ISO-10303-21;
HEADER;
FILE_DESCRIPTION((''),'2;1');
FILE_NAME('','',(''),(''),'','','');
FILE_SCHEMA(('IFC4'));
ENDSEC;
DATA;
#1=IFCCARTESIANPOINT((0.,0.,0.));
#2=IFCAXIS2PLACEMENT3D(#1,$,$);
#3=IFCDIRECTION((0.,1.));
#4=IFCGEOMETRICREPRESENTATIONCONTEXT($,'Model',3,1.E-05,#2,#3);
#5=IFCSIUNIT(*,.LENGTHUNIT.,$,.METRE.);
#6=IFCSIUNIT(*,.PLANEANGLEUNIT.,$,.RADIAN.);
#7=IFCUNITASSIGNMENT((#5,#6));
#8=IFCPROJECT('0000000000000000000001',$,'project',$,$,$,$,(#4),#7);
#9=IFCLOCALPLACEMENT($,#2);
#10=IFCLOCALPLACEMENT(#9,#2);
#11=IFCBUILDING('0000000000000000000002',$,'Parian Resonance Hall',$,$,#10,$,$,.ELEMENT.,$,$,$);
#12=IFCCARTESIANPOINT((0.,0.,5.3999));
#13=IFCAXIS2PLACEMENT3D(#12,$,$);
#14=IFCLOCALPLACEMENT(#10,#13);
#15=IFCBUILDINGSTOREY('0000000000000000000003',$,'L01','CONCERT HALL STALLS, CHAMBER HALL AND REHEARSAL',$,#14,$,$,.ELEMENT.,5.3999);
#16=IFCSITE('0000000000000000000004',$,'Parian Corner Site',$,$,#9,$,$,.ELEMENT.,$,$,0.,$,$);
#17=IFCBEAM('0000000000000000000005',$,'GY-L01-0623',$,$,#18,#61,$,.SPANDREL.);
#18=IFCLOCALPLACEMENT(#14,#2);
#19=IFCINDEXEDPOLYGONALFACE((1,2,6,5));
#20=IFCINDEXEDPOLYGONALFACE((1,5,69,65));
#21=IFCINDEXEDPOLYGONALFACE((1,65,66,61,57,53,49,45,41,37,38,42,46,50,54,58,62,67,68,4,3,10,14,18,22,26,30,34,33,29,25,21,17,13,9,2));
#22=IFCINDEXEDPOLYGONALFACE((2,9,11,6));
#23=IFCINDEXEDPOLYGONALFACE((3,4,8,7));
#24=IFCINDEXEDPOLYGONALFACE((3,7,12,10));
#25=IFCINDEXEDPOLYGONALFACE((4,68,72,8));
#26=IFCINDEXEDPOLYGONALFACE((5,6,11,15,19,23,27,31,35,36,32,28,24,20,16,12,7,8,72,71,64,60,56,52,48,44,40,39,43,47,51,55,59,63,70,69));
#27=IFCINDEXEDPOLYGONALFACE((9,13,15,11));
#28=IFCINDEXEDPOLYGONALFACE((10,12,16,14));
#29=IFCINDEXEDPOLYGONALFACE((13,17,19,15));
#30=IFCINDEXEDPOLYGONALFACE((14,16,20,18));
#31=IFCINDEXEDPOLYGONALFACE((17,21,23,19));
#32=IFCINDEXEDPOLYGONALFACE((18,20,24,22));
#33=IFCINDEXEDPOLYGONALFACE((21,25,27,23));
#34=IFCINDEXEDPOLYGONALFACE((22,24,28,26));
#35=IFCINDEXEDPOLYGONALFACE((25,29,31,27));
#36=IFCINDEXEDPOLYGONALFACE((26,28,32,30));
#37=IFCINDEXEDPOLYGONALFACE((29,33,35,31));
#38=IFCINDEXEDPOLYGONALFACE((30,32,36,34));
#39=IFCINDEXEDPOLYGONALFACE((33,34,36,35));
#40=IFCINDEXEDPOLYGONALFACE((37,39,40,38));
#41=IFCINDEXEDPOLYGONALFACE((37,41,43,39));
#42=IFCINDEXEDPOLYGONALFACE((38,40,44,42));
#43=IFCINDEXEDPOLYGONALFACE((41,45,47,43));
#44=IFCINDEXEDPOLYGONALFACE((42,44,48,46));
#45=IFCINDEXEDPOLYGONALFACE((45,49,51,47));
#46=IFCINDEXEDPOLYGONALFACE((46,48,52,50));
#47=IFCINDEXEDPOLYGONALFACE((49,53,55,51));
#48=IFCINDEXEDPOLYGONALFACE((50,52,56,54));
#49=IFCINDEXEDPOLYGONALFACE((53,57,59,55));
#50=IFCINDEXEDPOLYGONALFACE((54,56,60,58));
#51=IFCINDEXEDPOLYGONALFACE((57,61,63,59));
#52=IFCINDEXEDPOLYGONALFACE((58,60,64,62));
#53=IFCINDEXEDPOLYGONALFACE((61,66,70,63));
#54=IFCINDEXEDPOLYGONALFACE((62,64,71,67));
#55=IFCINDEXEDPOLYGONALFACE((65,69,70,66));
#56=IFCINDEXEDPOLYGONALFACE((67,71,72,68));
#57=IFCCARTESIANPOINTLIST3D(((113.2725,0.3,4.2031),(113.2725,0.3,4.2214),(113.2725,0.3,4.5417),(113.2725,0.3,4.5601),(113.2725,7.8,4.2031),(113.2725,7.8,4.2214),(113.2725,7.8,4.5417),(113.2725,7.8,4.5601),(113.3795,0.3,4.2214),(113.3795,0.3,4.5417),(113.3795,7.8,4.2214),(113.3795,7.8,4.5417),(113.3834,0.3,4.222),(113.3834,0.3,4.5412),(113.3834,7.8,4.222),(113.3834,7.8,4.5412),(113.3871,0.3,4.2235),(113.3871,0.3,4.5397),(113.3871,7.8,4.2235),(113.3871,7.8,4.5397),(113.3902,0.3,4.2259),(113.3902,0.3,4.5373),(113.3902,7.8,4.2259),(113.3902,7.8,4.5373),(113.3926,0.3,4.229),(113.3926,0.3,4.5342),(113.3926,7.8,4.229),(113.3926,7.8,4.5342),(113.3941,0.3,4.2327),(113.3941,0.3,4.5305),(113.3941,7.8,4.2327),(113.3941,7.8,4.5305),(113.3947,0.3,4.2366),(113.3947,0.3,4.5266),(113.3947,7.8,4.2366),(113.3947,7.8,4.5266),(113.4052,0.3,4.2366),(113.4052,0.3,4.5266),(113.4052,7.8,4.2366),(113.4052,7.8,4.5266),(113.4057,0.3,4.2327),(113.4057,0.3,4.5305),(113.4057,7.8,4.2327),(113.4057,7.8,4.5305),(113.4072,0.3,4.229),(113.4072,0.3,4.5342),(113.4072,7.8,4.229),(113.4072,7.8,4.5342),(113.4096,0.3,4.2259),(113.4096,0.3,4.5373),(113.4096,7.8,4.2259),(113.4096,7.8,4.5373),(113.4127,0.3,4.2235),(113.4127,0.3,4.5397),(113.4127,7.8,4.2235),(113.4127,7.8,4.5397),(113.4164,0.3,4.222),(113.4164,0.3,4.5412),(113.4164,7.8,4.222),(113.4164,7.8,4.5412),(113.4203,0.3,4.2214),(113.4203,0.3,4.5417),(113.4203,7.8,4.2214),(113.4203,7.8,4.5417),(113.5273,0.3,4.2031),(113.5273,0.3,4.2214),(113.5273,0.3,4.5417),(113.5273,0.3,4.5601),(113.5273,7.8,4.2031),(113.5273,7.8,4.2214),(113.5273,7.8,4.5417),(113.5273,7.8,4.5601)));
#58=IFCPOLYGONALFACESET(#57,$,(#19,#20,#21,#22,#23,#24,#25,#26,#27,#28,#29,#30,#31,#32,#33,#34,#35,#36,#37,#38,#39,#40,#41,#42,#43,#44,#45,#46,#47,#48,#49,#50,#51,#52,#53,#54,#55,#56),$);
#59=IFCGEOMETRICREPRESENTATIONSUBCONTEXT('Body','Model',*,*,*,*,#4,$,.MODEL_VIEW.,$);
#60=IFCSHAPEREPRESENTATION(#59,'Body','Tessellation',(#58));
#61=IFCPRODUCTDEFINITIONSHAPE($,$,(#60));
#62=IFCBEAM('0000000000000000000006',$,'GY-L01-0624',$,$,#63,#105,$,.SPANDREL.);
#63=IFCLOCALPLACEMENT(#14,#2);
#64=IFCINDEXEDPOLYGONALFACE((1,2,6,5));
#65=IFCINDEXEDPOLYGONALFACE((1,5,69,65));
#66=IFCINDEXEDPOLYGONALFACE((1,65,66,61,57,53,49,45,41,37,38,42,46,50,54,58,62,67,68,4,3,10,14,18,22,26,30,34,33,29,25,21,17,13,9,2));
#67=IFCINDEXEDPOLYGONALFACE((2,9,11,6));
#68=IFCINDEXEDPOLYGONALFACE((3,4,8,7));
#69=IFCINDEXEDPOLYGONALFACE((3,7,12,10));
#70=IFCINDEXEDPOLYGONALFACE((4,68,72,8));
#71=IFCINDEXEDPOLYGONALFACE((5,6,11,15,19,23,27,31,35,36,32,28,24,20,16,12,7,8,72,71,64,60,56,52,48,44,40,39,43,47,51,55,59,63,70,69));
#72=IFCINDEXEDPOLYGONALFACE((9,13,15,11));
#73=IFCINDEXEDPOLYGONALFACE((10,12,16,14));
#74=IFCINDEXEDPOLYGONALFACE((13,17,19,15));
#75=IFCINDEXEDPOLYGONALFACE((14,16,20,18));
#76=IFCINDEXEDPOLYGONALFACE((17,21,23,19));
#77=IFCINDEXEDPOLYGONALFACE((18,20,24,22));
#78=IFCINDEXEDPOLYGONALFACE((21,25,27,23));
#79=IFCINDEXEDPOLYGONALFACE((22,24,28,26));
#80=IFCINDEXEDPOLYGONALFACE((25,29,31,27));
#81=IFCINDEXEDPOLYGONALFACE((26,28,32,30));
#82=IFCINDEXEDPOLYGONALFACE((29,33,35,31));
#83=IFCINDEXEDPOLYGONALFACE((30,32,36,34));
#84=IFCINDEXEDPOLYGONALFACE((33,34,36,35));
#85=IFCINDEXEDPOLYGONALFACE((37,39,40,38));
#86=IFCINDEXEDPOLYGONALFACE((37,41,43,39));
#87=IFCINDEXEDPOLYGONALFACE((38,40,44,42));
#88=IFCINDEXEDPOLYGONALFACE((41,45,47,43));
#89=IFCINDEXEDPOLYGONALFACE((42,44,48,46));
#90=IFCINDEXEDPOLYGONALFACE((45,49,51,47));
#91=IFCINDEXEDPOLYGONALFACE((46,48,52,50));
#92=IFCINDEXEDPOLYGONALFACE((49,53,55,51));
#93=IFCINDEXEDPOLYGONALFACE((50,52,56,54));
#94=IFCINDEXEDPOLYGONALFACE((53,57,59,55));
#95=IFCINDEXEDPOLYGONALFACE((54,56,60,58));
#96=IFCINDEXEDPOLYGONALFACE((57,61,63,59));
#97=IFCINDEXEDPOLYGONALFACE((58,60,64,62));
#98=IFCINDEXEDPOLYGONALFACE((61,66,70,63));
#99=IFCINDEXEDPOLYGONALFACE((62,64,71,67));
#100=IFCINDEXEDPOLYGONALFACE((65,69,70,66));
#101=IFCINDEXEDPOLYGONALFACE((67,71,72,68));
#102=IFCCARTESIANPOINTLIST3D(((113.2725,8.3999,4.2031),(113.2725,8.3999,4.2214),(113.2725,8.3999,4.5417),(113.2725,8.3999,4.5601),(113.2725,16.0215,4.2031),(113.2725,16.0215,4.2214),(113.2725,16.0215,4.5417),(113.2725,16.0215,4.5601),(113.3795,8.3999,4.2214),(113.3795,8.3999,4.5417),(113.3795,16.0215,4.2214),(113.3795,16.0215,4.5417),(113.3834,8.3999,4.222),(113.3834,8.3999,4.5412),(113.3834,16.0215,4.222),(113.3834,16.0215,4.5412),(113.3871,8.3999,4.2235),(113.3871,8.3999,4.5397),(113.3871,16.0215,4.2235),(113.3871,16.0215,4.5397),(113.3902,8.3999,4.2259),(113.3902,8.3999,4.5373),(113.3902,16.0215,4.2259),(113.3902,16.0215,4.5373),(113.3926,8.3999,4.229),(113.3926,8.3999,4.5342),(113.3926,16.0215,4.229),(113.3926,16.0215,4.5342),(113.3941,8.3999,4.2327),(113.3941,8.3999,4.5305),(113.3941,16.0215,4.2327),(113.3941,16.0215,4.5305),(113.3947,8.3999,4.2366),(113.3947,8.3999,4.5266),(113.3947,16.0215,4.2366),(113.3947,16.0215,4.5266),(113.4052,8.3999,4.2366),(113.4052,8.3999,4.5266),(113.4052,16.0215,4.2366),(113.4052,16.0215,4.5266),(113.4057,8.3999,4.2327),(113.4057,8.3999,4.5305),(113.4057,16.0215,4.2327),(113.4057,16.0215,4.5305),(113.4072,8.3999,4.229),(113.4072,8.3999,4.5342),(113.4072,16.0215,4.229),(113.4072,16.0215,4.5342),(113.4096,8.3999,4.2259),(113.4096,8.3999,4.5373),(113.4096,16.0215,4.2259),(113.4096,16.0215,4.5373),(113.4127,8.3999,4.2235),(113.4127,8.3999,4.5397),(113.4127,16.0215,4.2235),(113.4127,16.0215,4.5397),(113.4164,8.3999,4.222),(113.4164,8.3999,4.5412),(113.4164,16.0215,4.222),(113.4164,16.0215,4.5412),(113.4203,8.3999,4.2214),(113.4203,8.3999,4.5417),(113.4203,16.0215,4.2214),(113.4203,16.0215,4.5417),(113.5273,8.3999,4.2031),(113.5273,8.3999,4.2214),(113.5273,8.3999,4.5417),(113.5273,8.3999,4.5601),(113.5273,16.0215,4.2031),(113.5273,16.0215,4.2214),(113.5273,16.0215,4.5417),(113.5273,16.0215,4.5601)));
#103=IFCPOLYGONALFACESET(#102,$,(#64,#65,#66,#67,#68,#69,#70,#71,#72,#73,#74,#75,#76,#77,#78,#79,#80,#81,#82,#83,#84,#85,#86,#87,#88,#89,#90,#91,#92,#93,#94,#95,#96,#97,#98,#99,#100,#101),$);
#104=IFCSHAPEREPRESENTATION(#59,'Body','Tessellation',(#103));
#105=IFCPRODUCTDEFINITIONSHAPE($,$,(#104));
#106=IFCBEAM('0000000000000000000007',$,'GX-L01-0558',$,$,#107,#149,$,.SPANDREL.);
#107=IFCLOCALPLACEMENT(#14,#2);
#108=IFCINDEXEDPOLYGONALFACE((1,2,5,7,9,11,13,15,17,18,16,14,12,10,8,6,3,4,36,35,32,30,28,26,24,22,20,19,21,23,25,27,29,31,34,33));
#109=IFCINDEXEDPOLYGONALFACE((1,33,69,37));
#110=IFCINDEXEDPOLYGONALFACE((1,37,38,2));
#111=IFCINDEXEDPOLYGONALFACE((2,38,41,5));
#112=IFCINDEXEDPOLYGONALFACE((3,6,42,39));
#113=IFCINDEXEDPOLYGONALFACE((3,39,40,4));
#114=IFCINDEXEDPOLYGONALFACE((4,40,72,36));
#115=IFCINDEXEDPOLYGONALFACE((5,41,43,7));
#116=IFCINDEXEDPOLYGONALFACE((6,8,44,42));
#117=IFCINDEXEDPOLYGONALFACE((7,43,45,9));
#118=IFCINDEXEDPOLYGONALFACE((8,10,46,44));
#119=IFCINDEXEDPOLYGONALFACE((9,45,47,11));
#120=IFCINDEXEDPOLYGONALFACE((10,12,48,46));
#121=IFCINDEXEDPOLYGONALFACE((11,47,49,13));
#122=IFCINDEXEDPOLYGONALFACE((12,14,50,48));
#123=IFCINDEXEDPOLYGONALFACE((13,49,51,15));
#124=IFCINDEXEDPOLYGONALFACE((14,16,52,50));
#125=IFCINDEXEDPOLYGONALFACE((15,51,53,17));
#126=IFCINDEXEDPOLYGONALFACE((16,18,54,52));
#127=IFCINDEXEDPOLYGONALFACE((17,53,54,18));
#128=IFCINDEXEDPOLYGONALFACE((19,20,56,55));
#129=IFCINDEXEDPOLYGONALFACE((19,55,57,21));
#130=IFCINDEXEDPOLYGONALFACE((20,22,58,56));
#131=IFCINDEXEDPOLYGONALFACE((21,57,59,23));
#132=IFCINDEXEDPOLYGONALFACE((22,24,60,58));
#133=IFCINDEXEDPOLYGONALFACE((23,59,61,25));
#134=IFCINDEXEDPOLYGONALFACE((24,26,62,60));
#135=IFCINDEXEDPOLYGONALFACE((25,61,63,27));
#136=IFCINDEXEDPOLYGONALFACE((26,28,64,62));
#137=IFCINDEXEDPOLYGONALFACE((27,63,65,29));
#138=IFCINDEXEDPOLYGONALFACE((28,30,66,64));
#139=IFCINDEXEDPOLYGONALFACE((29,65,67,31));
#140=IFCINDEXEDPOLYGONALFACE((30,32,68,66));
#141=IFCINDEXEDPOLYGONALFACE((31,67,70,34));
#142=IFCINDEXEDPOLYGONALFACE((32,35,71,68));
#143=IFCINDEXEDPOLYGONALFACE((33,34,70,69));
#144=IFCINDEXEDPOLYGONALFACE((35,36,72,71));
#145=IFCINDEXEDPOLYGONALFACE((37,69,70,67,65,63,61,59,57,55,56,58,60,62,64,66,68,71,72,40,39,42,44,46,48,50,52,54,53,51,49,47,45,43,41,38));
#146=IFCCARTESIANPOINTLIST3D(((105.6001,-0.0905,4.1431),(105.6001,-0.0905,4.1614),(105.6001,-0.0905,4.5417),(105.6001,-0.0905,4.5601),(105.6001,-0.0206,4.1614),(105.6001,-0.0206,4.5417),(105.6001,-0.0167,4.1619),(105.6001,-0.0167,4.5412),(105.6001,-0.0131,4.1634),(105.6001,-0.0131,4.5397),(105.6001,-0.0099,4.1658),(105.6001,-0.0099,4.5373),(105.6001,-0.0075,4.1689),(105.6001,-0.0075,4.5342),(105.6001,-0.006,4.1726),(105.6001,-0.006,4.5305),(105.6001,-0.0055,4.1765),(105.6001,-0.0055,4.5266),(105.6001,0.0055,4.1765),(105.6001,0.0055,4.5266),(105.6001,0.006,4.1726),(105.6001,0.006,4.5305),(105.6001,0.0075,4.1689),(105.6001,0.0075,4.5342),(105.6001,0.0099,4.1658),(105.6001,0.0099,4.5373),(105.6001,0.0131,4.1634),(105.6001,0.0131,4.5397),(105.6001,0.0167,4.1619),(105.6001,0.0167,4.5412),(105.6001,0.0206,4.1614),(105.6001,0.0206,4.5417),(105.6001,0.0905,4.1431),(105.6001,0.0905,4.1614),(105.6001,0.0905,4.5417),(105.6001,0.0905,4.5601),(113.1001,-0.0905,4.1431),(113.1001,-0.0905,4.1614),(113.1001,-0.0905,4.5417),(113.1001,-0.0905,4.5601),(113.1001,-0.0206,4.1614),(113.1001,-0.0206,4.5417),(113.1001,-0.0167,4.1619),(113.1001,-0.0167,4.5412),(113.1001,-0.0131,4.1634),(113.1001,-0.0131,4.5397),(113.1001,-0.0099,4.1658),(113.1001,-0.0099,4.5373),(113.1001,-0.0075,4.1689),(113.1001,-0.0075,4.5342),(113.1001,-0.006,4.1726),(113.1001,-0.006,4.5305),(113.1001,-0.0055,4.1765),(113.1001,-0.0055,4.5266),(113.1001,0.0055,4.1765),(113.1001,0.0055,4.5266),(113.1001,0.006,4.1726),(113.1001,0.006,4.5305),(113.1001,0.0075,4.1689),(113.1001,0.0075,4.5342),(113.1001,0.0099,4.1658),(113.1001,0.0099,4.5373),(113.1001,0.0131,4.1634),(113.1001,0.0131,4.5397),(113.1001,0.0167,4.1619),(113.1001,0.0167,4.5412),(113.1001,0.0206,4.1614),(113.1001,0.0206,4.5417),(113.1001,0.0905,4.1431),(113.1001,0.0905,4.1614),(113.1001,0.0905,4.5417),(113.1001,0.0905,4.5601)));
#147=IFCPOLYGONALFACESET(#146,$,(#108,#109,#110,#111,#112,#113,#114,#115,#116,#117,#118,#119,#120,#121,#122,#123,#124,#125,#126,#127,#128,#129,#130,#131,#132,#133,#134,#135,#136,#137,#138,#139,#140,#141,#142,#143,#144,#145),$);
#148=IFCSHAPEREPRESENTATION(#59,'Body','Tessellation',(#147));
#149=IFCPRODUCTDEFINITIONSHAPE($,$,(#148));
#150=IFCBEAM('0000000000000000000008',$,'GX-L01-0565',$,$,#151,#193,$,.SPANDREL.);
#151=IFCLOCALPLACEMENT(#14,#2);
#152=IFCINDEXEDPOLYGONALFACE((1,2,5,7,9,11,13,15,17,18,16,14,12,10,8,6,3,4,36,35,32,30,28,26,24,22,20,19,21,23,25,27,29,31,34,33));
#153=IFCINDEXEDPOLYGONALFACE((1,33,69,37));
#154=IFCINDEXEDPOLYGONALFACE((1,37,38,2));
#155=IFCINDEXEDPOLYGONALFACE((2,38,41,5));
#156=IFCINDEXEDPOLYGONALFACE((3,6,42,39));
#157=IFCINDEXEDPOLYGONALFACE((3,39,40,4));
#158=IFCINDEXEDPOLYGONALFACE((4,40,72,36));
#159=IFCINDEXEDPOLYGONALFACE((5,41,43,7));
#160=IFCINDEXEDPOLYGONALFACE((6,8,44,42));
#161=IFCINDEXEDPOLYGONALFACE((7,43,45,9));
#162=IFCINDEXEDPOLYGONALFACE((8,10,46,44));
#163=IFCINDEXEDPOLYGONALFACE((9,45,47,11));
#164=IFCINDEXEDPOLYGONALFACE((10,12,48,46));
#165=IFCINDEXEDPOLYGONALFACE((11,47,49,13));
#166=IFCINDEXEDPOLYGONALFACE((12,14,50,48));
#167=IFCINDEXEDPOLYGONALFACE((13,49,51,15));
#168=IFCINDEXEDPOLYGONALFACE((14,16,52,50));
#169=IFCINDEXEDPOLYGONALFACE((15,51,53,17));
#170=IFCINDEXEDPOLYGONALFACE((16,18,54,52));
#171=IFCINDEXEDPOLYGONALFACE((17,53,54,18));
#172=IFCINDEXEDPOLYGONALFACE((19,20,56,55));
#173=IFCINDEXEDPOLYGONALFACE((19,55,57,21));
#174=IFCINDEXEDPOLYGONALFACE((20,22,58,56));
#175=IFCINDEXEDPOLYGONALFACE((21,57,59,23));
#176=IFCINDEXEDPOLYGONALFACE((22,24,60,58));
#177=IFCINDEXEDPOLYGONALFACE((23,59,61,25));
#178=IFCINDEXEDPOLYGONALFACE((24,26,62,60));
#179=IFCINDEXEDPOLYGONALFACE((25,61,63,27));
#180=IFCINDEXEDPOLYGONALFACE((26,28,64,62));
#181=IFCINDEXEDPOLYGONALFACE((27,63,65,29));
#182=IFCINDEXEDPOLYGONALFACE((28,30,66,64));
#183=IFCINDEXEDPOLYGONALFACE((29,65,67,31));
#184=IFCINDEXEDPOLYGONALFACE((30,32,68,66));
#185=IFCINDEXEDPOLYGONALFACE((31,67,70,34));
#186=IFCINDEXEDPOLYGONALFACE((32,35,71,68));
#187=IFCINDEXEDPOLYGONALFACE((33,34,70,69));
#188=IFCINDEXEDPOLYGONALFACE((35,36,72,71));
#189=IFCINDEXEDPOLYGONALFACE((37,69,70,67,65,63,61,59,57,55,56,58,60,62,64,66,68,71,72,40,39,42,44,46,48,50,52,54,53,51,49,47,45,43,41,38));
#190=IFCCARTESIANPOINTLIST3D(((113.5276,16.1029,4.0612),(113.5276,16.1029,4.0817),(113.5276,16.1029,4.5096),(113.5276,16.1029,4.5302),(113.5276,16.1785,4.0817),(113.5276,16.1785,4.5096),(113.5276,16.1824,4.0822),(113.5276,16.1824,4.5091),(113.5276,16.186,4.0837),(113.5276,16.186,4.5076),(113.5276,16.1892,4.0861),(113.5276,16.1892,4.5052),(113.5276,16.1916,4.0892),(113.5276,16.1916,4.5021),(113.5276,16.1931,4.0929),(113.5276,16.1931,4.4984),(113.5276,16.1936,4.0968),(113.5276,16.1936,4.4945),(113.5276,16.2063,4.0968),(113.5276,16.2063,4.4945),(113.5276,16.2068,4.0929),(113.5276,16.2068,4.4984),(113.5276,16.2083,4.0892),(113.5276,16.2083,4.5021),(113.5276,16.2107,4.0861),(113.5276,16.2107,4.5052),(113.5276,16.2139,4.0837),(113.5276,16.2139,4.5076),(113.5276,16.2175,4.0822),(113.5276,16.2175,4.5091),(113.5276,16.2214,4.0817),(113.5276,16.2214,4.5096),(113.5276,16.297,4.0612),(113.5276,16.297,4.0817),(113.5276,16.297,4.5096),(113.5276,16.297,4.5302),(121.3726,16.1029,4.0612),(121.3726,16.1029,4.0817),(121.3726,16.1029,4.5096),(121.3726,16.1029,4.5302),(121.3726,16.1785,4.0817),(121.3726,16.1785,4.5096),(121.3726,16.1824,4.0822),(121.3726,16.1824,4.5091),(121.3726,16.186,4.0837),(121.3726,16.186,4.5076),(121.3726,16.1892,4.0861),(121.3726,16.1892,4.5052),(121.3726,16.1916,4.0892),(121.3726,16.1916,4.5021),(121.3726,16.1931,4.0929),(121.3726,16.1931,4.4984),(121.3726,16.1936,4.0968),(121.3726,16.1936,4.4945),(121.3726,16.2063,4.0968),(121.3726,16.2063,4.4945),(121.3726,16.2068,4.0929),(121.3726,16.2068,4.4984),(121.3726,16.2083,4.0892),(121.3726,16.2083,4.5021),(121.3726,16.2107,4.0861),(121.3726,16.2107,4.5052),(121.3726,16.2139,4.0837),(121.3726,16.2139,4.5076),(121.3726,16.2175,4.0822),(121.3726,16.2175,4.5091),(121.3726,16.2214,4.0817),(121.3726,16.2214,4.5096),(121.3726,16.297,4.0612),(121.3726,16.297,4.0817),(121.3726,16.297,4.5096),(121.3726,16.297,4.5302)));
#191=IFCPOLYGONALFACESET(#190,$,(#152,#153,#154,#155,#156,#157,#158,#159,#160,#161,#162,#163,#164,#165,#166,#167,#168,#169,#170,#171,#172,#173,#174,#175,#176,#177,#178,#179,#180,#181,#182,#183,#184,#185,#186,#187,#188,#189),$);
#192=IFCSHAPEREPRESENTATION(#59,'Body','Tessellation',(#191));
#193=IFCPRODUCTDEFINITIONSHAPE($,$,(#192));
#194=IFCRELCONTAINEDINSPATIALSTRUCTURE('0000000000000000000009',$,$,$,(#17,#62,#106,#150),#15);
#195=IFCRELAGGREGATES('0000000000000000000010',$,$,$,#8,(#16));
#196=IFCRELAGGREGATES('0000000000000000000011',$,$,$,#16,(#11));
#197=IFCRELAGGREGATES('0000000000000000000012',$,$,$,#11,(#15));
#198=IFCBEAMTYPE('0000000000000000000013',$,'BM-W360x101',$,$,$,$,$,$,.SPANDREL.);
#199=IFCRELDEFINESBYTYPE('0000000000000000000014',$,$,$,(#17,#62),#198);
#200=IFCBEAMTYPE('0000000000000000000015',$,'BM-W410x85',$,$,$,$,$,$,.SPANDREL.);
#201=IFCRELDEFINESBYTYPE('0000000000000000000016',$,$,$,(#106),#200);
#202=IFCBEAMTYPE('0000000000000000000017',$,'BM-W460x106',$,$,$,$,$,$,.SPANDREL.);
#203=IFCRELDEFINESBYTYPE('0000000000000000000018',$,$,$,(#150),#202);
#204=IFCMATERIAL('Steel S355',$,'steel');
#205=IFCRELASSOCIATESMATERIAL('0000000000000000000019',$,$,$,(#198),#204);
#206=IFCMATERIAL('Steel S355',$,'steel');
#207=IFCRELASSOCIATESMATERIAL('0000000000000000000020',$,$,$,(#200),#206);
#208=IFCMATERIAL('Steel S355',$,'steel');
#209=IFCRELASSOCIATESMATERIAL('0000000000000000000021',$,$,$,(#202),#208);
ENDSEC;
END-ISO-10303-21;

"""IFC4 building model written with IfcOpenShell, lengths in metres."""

from ifc_helpers import new_model, si_unit, direction, frame, origin, origin_2d, place, context, subcontext, project, spatial, i_section, extrude, material, material_profile, profile_set, type_object, element, save


model = new_model("IFC4")

# Units and contexts
model_context = context("Model", 3, precision=1e-05, world=origin(), true_north=direction((0.0, 1.0)))
body_context = subcontext(model_context, "Body", "Model", "MODEL_VIEW")
ifc_project = project(units=[si_unit("LENGTHUNIT", "METRE"), si_unit("PLANEANGLEUNIT", "RADIAN")], contexts=[model_context])

# Site, building, storey
site_placement = place(None, origin())
site = spatial("IfcSite", under=ifc_project, at=site_placement, Name="Parian Corner Site", CompositionType="ELEMENT", RefElevation=0.0)
building_placement = place(site_placement, origin())
building = spatial("IfcBuilding", under=site, at=building_placement, Name="Parian Resonance Hall", CompositionType="ELEMENT")
storey_placement = place(building_placement, frame((0.0, 0.0, 5.3999)))
storey = spatial("IfcBuildingStorey", under=building, at=storey_placement, Name="L01", Description="CONCERT HALL STALLS, CHAMBER HALL AND REHEARSAL", CompositionType="ELEMENT", Elevation=5.3999)

# Beams
ifc_material_1 = material(Name="Steel S355", Category="steel")
ifc_material_profile_1 = material_profile(ifc_material_1, i_section(OverallWidth=0.2549, OverallDepth=0.3569, WebThickness=0.0105, FlangeThickness=0.0183, FilletRadius=0.0151, at=origin_2d()), Name="W360x101")
ifc_profile_set_1 = profile_set([ifc_material_profile_1], Name="Steel S355")
beam_type_1 = type_object("IfcBeamType", Name="BM-W360x101", PredefinedType="SPANDREL", material=ifc_profile_set_1)
for number, where, z_axis, x_axis, name in (
    (1, (113.3999, 0.3, 4.3816), (0.0, 1.0, 0.0), (-1.0, 0.0, 0.0), "GY-L01-0623"),
):
    element("IfcBeam", number, at=place(storey_placement, frame(where, z_axis=z_axis, x_axis=x_axis)), inside=storey, type_object=beam_type_1, Name=name, PredefinedType="SPANDREL", context=body_context, shape_type="SweptSolid", body=[
        extrude(i_section(OverallWidth=0.2549, OverallDepth=0.3569, WebThickness=0.0105, FlangeThickness=0.0183, FilletRadius=0.0151, at=origin_2d()), origin(), (0.0, 0.0, 1.0), 7.5),
    ])
beam_1_placement = place(storey_placement, frame((113.3999, 8.3999, 4.3816), z_axis=(0.0, 1.0, 0.0), x_axis=(-1.0, 0.0, 0.0)))
element("IfcBeam", 2, at=beam_1_placement, inside=storey, type_object=beam_type_1, Name="GY-L01-0624", PredefinedType="SPANDREL", context=body_context, shape_type="SweptSolid", body=[
    extrude(i_section(OverallWidth=0.2549, OverallDepth=0.3569, WebThickness=0.0105, FlangeThickness=0.0183, FilletRadius=0.0151, at=origin_2d()), origin(), (0.0, 0.0, 1.0), 7.6216),
])
ifc_material_2 = material(Name="Steel S355", Category="steel")
ifc_material_profile_2 = material_profile(ifc_material_2, i_section(OverallWidth=0.1809, OverallDepth=0.417, WebThickness=0.011, FlangeThickness=0.0183, FilletRadius=0.0151, at=origin_2d()), Name="W410x85")
ifc_profile_set_2 = profile_set([ifc_material_profile_2], Name="Steel S355")
beam_type_2 = type_object("IfcBeamType", Name="BM-W410x85", PredefinedType="SPANDREL", material=ifc_profile_set_2)
beam_2_placement = place(storey_placement, frame((105.6001, 0.0, 4.3516), z_axis=(1.0, 0.0, 0.0), x_axis=(0.0, 1.0, 0.0)))
element("IfcBeam", 3, at=beam_2_placement, inside=storey, type_object=beam_type_2, Name="GX-L01-0558", PredefinedType="SPANDREL", context=body_context, shape_type="SweptSolid", body=[
    extrude(i_section(OverallWidth=0.1809, OverallDepth=0.417, WebThickness=0.011, FlangeThickness=0.0183, FilletRadius=0.0151, at=origin_2d()), origin(), (0.0, 0.0, 1.0), 7.5),
])
ifc_material_3 = material(Name="Steel S355", Category="steel")
ifc_material_profile_3 = material_profile(ifc_material_3, i_section(OverallWidth=0.1941, OverallDepth=0.469, WebThickness=0.0127, FlangeThickness=0.0205, FilletRadius=0.0151, at=origin_2d()), Name="W460x106")
ifc_profile_set_3 = profile_set([ifc_material_profile_3], Name="Steel S355")
beam_type_3 = type_object("IfcBeamType", Name="BM-W460x106", PredefinedType="SPANDREL", material=ifc_profile_set_3)
beam_3_placement = place(storey_placement, frame((113.5276, 16.2, 4.2957), z_axis=(1.0, 0.0, 0.0), x_axis=(0.0, 1.0, 0.0)))
element("IfcBeam", 4, at=beam_3_placement, inside=storey, type_object=beam_type_3, Name="GX-L01-0565", PredefinedType="SPANDREL", context=body_context, shape_type="SweptSolid", body=[
    extrude(i_section(OverallWidth=0.1941, OverallDepth=0.469, WebThickness=0.0127, FlangeThickness=0.0205, FilletRadius=0.0151, at=origin_2d()), origin(), (0.0, 0.0, 1.0), 7.845),
])

save(model, "model.ifc")
